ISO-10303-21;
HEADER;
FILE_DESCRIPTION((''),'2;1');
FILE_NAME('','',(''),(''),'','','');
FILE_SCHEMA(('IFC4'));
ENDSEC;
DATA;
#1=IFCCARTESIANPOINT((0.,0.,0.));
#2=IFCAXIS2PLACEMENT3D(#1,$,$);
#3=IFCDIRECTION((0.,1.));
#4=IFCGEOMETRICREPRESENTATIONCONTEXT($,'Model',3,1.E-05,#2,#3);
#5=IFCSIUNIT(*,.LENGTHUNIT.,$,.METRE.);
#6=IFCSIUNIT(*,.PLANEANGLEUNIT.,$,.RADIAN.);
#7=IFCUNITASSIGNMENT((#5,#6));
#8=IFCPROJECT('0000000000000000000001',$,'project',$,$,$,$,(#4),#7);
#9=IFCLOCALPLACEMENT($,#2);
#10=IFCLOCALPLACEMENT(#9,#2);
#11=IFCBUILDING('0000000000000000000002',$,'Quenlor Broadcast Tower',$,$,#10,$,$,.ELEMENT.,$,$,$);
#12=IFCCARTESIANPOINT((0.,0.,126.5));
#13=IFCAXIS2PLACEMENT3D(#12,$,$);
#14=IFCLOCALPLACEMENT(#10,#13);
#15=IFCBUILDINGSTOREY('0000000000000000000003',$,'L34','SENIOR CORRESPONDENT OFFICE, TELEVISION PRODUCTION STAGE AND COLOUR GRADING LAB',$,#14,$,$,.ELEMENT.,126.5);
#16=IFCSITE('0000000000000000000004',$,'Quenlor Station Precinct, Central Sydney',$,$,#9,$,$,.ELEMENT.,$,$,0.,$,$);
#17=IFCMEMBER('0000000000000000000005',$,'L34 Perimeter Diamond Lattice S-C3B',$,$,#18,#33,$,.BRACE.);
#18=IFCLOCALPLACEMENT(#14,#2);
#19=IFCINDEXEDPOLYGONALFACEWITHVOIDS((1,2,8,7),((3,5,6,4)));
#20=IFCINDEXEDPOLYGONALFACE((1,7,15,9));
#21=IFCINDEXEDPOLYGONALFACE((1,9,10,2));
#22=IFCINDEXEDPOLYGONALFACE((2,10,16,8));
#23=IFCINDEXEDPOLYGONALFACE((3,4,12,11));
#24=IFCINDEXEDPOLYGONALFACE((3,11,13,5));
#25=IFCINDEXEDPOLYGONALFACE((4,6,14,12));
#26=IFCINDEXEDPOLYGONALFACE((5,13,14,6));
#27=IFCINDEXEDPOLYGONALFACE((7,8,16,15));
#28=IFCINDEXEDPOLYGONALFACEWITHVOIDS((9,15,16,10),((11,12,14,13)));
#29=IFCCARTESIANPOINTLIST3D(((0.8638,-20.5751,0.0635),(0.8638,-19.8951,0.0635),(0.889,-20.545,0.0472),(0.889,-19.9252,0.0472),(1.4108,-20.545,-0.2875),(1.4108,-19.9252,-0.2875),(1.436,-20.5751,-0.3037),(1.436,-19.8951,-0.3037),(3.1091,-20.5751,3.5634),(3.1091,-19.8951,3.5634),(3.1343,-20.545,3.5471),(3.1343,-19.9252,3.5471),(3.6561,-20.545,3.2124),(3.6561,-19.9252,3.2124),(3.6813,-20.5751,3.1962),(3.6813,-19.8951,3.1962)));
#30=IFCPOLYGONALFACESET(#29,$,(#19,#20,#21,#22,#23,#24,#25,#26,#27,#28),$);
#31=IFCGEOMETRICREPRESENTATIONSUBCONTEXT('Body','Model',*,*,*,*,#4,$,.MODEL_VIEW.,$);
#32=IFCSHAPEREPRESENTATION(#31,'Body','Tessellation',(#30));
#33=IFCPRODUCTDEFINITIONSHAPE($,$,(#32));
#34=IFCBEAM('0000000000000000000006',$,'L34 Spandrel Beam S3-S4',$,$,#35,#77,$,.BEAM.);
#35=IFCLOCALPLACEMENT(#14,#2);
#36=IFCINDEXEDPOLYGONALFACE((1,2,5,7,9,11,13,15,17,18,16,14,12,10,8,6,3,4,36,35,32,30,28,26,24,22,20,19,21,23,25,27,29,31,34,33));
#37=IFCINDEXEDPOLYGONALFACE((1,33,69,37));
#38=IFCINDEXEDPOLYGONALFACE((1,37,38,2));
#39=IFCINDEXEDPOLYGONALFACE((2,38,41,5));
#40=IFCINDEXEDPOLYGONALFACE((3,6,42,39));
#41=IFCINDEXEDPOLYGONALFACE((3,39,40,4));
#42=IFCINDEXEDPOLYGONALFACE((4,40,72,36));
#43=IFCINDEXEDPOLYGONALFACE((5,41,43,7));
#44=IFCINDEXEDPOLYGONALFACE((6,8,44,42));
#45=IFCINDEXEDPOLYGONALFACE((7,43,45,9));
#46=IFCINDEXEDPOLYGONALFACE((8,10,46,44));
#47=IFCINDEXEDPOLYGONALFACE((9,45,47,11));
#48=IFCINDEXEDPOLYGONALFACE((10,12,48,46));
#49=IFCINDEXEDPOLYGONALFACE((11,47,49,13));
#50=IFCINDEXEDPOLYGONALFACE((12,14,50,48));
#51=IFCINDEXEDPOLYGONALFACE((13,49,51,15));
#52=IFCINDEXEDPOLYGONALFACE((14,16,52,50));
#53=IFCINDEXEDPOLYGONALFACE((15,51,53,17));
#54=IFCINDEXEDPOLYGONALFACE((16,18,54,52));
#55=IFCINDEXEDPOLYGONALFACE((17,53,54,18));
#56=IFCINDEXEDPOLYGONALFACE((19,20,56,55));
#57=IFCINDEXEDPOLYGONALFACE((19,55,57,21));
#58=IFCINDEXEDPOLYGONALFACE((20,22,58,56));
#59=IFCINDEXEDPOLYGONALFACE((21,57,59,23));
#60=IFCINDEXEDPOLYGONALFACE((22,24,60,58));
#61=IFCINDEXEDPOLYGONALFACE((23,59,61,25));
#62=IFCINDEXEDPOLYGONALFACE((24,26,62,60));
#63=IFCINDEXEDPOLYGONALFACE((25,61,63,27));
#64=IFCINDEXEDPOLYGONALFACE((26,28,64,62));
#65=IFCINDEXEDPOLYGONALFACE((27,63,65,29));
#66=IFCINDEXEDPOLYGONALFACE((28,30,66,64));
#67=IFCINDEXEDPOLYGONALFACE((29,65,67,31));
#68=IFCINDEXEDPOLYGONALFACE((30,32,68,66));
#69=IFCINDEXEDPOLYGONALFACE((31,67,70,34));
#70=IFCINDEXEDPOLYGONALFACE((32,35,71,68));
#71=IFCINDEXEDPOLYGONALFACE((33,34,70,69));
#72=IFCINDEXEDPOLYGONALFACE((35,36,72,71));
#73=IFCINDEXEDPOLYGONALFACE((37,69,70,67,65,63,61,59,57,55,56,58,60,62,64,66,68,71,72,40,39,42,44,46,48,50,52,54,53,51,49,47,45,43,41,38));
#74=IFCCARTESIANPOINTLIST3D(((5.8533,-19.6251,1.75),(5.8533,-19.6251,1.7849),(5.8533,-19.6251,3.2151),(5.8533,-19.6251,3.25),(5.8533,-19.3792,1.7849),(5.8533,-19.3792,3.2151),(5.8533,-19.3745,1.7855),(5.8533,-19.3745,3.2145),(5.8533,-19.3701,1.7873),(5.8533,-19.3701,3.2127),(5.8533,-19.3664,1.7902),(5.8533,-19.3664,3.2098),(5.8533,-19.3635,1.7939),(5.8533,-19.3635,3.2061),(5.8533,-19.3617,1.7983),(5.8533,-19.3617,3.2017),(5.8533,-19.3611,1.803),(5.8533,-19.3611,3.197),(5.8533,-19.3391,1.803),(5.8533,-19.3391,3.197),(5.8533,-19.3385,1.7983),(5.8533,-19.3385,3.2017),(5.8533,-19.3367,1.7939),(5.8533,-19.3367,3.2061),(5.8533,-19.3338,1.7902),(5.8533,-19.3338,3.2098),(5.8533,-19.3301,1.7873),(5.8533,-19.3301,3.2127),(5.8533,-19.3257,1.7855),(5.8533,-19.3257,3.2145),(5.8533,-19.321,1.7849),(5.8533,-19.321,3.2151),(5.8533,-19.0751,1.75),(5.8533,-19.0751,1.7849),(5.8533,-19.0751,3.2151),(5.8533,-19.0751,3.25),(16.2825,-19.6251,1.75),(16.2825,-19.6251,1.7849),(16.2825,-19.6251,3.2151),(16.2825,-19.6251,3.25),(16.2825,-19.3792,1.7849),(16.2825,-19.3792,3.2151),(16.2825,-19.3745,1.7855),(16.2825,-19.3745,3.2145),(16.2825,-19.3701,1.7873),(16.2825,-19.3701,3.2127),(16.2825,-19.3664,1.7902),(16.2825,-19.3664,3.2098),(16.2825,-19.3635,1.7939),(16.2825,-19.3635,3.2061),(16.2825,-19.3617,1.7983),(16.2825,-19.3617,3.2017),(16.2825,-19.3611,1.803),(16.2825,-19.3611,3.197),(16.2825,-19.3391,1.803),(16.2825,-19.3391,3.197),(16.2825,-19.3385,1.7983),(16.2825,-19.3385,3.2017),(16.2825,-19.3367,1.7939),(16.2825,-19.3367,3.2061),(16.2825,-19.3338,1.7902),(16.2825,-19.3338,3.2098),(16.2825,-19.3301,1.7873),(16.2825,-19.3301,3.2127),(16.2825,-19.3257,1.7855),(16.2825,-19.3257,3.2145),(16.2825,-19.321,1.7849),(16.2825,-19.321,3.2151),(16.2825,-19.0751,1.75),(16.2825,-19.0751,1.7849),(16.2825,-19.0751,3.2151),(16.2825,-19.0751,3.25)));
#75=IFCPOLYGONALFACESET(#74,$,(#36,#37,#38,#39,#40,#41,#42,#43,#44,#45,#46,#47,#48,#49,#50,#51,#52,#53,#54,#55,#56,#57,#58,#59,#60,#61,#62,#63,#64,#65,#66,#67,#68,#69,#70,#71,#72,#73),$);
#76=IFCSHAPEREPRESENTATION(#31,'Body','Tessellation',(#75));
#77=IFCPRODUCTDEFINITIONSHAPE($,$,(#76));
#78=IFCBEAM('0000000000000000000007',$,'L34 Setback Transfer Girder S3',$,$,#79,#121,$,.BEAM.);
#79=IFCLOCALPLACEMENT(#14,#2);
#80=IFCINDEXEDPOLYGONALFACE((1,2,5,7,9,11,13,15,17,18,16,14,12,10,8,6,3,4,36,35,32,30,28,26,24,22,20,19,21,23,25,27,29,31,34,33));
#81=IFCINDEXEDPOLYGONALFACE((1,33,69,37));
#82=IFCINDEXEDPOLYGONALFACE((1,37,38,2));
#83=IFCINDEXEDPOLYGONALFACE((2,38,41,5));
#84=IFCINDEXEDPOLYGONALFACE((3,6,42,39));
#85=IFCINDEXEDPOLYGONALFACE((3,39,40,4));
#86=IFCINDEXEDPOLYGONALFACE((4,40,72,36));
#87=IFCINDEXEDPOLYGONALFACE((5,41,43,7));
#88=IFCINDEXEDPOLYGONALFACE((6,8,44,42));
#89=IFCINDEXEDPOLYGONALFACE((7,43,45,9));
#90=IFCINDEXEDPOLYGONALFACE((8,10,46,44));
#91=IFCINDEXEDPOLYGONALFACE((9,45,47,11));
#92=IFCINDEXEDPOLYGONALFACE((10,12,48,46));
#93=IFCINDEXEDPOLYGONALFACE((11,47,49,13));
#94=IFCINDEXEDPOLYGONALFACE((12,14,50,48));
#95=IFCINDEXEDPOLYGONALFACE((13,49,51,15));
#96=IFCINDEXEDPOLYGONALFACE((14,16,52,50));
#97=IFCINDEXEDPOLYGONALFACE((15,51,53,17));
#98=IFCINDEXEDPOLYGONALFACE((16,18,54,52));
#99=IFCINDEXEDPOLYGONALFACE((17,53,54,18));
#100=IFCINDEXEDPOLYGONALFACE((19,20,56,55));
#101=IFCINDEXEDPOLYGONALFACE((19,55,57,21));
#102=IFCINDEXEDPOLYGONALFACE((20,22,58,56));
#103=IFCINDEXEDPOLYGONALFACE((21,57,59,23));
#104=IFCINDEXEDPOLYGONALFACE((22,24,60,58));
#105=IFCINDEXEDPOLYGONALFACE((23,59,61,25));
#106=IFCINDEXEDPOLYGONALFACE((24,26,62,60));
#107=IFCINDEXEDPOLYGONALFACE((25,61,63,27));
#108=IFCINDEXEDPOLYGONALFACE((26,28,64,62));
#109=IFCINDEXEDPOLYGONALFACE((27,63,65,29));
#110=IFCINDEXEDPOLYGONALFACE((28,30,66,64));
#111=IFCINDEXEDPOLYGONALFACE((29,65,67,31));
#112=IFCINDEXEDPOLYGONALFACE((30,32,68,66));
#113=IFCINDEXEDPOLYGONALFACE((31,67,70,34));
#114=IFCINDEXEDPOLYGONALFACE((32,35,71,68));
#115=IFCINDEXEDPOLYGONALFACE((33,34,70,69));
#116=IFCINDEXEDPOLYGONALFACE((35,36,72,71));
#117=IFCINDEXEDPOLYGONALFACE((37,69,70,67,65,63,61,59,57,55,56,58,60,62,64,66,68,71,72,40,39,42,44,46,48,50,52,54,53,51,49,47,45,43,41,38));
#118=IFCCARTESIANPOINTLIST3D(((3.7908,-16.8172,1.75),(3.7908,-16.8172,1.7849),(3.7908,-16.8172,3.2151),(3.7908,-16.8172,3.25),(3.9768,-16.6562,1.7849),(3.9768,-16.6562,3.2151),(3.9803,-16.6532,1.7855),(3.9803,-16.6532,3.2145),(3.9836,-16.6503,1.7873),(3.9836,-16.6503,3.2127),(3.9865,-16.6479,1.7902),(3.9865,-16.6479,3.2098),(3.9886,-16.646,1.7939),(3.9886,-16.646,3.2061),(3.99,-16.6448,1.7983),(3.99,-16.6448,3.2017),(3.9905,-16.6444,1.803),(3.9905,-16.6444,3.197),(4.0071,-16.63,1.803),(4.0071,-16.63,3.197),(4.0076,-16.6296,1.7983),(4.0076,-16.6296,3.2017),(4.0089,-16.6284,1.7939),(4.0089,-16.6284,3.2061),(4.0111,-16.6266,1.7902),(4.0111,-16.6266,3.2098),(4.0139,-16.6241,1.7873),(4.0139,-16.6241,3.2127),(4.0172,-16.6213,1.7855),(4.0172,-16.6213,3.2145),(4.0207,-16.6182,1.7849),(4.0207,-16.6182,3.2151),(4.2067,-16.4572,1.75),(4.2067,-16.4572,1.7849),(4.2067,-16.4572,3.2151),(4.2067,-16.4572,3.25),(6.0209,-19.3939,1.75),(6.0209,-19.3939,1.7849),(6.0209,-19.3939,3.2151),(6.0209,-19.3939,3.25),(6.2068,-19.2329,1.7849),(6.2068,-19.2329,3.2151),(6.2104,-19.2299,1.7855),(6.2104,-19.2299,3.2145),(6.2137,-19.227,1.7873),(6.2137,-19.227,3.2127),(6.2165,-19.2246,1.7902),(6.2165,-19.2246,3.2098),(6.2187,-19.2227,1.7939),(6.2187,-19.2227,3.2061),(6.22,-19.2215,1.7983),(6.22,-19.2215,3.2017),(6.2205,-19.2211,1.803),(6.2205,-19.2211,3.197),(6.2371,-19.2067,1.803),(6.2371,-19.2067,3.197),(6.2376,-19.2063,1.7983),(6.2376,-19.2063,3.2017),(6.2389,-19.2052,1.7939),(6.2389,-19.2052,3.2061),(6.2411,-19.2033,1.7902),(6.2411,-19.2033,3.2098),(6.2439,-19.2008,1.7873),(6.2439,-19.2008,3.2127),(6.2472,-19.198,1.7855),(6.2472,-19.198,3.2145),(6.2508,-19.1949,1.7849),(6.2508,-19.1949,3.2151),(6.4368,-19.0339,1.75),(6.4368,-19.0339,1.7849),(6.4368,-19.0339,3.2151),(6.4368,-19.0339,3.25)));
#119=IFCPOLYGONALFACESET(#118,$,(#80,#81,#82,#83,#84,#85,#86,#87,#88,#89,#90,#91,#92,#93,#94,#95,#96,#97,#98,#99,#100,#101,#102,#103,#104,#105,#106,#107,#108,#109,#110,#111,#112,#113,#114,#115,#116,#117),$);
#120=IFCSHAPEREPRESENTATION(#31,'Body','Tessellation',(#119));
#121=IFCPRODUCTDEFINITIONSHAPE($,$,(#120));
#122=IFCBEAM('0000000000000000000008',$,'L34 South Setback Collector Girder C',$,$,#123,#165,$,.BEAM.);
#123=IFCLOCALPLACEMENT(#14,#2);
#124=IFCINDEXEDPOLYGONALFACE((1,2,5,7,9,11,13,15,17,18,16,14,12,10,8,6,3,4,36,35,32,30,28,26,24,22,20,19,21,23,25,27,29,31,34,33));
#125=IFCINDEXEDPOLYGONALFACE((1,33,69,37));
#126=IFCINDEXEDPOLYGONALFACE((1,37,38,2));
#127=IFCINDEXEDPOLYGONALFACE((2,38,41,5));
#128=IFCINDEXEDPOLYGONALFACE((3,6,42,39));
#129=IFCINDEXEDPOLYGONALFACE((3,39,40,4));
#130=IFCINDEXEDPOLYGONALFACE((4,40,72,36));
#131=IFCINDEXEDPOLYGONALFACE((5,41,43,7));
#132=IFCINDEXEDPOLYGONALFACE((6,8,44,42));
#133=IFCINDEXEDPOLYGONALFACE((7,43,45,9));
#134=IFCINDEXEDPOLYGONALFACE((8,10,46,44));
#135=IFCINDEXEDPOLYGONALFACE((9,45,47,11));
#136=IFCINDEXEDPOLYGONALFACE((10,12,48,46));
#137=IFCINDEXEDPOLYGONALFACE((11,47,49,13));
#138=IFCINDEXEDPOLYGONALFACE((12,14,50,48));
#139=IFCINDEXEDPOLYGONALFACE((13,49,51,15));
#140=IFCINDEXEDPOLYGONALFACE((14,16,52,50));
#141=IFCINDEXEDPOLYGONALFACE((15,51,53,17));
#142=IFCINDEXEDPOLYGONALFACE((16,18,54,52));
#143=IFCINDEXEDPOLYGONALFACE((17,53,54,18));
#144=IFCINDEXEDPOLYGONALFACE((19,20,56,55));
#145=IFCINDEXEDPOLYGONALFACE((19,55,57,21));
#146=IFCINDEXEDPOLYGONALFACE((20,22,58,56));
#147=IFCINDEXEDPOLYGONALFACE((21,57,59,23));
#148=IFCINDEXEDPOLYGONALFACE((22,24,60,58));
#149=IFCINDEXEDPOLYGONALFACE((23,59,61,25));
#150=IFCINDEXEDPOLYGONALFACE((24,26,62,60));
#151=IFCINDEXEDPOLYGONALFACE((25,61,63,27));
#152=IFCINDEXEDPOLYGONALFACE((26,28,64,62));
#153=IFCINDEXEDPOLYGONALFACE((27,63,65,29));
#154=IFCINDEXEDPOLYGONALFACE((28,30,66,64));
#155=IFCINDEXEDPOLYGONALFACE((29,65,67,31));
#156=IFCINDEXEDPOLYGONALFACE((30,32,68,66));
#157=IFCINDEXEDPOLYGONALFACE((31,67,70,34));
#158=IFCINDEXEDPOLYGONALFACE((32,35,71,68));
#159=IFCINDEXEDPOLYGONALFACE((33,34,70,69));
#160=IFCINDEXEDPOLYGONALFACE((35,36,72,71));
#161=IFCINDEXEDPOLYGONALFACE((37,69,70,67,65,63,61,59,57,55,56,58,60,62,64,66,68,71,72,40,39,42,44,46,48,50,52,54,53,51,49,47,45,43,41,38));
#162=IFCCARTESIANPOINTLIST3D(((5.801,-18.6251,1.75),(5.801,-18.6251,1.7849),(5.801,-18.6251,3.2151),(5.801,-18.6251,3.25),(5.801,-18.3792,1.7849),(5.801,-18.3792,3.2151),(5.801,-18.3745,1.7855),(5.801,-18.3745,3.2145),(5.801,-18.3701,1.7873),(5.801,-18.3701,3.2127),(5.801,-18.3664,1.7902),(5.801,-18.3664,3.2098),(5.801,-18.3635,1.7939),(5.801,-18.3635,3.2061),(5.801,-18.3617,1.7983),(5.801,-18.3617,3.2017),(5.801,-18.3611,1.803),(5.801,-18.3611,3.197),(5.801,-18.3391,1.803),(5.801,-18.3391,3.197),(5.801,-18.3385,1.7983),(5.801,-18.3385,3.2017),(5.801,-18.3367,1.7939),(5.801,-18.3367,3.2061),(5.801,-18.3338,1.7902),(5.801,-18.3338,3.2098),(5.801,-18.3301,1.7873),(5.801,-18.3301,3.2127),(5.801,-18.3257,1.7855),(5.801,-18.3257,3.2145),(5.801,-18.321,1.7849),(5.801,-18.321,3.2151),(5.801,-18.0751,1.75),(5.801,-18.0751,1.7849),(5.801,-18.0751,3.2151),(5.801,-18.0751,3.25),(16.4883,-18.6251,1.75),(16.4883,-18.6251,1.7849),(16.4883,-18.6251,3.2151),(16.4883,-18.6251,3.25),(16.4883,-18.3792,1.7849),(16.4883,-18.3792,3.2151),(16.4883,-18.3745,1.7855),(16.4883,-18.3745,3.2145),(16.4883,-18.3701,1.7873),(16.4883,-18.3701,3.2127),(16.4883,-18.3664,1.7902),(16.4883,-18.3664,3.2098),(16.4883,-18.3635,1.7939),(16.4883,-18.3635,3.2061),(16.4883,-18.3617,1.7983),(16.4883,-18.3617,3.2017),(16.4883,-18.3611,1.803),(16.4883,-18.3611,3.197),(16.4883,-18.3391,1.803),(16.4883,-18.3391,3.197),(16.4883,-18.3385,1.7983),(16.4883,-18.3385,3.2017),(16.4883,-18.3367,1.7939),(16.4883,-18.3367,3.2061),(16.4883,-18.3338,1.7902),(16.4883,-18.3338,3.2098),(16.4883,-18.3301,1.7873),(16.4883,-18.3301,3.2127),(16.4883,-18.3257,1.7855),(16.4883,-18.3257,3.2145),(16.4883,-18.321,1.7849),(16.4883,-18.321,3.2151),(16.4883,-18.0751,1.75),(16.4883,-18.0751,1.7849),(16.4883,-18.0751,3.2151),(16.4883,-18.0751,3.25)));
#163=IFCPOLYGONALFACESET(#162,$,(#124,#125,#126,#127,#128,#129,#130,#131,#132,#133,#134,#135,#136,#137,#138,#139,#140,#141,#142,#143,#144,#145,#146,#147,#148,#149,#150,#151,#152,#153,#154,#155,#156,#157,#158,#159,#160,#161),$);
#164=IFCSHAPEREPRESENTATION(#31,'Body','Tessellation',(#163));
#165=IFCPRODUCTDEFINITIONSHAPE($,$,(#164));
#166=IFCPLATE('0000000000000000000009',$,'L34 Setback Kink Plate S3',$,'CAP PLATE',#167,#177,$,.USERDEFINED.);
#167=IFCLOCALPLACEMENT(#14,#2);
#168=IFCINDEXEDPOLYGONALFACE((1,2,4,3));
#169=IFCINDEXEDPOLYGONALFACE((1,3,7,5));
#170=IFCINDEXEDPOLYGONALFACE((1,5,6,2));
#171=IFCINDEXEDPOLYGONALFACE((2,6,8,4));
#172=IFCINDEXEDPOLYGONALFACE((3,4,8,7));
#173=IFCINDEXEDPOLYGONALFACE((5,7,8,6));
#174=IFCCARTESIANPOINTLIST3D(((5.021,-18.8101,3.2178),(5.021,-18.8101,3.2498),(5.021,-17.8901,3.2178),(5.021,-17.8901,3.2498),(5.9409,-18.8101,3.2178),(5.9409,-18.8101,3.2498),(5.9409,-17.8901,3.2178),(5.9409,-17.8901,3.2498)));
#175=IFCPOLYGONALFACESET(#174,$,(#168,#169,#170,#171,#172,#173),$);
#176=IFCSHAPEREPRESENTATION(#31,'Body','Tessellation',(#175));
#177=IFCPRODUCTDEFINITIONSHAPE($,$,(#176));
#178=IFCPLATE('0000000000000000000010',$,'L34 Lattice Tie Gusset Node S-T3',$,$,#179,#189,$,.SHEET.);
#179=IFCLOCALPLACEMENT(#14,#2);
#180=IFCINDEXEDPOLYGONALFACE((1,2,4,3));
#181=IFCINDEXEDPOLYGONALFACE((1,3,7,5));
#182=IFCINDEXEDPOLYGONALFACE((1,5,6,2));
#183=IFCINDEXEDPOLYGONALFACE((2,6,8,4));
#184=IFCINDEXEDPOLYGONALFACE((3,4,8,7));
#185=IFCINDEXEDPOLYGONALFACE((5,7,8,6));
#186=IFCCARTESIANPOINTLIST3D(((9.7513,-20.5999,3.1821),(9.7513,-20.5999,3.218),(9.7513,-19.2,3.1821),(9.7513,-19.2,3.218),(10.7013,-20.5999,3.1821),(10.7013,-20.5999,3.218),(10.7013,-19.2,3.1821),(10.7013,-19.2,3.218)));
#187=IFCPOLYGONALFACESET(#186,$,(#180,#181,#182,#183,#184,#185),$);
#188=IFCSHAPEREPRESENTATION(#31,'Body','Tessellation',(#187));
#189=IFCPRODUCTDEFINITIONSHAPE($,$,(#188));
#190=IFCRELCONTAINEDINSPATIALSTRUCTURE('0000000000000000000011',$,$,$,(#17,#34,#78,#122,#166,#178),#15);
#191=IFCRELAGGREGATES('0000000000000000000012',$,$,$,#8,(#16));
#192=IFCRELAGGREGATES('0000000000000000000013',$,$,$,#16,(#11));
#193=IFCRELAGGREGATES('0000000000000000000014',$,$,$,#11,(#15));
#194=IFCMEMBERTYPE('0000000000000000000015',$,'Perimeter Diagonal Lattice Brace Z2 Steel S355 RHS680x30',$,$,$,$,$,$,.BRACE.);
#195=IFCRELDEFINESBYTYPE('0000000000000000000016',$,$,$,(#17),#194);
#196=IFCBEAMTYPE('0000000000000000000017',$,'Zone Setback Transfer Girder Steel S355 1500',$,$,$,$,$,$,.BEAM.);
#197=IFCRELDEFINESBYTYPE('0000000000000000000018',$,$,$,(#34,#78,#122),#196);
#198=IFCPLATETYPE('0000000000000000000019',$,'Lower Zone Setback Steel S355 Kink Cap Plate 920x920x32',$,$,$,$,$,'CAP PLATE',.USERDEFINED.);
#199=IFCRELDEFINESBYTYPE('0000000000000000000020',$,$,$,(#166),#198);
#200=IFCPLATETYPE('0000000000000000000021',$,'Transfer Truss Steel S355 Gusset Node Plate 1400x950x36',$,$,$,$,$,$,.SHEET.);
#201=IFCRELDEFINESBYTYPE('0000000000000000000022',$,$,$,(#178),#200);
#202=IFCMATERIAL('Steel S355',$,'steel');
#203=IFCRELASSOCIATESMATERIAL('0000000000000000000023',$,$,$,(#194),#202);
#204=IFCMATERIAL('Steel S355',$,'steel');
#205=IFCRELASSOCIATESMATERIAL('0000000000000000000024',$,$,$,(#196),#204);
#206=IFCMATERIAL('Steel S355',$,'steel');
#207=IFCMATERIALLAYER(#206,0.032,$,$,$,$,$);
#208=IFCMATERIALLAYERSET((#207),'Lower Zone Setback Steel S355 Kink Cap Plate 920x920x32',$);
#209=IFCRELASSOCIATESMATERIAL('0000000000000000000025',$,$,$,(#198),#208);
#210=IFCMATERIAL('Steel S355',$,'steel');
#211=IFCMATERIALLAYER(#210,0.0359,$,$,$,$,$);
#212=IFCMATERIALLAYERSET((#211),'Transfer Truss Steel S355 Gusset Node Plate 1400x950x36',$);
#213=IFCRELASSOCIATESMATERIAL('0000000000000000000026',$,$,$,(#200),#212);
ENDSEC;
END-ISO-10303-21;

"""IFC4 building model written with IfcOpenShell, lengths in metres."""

from ifc_helpers import new_model, si_unit, direction, frame, origin, origin_2d, place, context, subcontext, project, spatial, rectangle, hollow_rectangle, i_section, extrude, material, layer, layer_set, material_profile, profile_set, type_object, element, save


model = new_model("IFC4")

# Units and contexts
model_context = context("Model", 3, precision=1e-05, world=origin(), true_north=direction((0.0, 1.0)))
body_context = subcontext(model_context, "Body", "Model", "MODEL_VIEW")
ifc_project = project(units=[si_unit("LENGTHUNIT", "METRE"), si_unit("PLANEANGLEUNIT", "RADIAN")], contexts=[model_context])

# Site, building, storey
site_placement = place(None, origin())
site = spatial("IfcSite", under=ifc_project, at=site_placement, Name="Quenlor Station Precinct, Central Sydney", CompositionType="ELEMENT", RefElevation=0.0)
building_placement = place(site_placement, origin())
building = spatial("IfcBuilding", under=site, at=building_placement, Name="Quenlor Broadcast Tower", CompositionType="ELEMENT")
storey_placement = place(building_placement, frame((0.0, 0.0, 126.5)))
storey = spatial("IfcBuildingStorey", under=building, at=storey_placement, Name="L34", Description="SENIOR CORRESPONDENT OFFICE, TELEVISION PRODUCTION STAGE AND COLOUR GRADING LAB", CompositionType="ELEMENT", Elevation=126.5)

# Member
ifc_material_1 = material(Name="Steel S355", Category="steel")
ifc_material_profile_1 = material_profile(ifc_material_1, hollow_rectangle(XDim=0.6799, YDim=0.6799, WallThickness=0.03, at=origin_2d()))
ifc_profile_set_1 = profile_set([ifc_material_profile_1], Name="Steel S355 RHS680x680x30")
member_type_1 = type_object("IfcMemberType", Name="Perimeter Diagonal Lattice Brace Z2 Steel S355 RHS680x30", PredefinedType="BRACE", material=ifc_profile_set_1)
for number, where, z_axis, x_axis, name in (
    (1, (1.1499, -20.2351, -0.1201), (0.539968, 0.0, 0.841686), (0.0, 1.0, 0.0), "L34 Perimeter Diamond Lattice S-C3B"),
):
    element("IfcMember", number, at=place(storey_placement, frame(where, z_axis=z_axis, x_axis=x_axis)), inside=storey, type_object=member_type_1, Name=name, PredefinedType="BRACE", context=body_context, shape_type="SweptSolid", body=[
        extrude(hollow_rectangle(XDim=0.6799, YDim=0.6799, WallThickness=0.03, at=origin_2d()), origin(), (0.0, 0.0, 1.0), 4.1582),
    ])

# Beams
ifc_material_2 = material(Name="Steel S355", Category="steel")
ifc_material_profile_2 = material_profile(ifc_material_2, i_section(OverallWidth=0.55, OverallDepth=1.5, WebThickness=0.022, FlangeThickness=0.0349, FilletRadius=0.0181, at=origin_2d()))
ifc_profile_set_2 = profile_set([ifc_material_profile_2], Name="Steel S355 1500TG510")
beam_type_1 = type_object("IfcBeamType", Name="Zone Setback Transfer Girder Steel S355 1500", PredefinedType="BEAM", material=ifc_profile_set_2)
beam_1_placement = place(storey_placement, frame((5.8533, -19.3501, 2.5), z_axis=(1.0, 0.0, 0.0), x_axis=(0.0, 1.0, 0.0)))
element("IfcBeam", 2, at=beam_1_placement, inside=storey, type_object=beam_type_1, Name="L34 Spandrel Beam S3-S4", PredefinedType="BEAM", context=body_context, shape_type="SweptSolid", body=[
    extrude(i_section(OverallWidth=0.55, OverallDepth=1.5, WebThickness=0.022, FlangeThickness=0.0349, FilletRadius=0.0181, at=origin_2d()), origin(), (0.0, 0.0, 1.0), 10.4292),
])
beam_2_placement = place(storey_placement, frame((3.9988, -16.6372, 2.5), z_axis=(0.654407, -0.756143, 0.0), x_axis=(0.756143, 0.654407, 0.0)))
element("IfcBeam", 3, at=beam_2_placement, inside=storey, type_object=beam_type_1, Name="L34 Setback Transfer Girder S3", PredefinedType="BEAM", context=body_context, shape_type="SweptSolid", body=[
    extrude(i_section(OverallWidth=0.55, OverallDepth=1.5, WebThickness=0.022, FlangeThickness=0.0349, FilletRadius=0.0181, at=origin_2d()), origin(), (0.0, 0.0, 1.0), 3.4077),
])
beam_3_placement = place(storey_placement, frame((5.801, -18.3501, 2.5), z_axis=(1.0, 0.0, 0.0), x_axis=(0.0, 1.0, 0.0)))
element("IfcBeam", 4, at=beam_3_placement, inside=storey, type_object=beam_type_1, Name="L34 South Setback Collector Girder C", PredefinedType="BEAM", context=body_context, shape_type="SweptSolid", body=[
    extrude(i_section(OverallWidth=0.55, OverallDepth=1.5, WebThickness=0.022, FlangeThickness=0.0349, FilletRadius=0.0181, at=origin_2d()), origin(), (0.0, 0.0, 1.0), 10.6873),
])

# Plates
ifc_material_3 = material(Name="Steel S355", Category="steel")
ifc_layer_1 = layer(ifc_material_3, 0.032)
ifc_layer_set_1 = layer_set([ifc_layer_1], Name="Lower Zone Setback Steel S355 Kink Cap Plate 920x920x32")
plate_type_1 = type_object("IfcPlateType", Name="Lower Zone Setback Steel S355 Kink Cap Plate 920x920x32", ElementType="CAP PLATE", PredefinedType="USERDEFINED", material=ifc_layer_set_1)
plate_placement = place(storey_placement, frame((5.481, -18.3501, 3.2178), z_axis=(0.0, 0.0, 1.0), x_axis=(0.0, 1.0, 0.0)))
element("IfcPlate", 5, at=plate_placement, inside=storey, type_object=plate_type_1, Name="L34 Setback Kink Plate S3", ObjectType="CAP PLATE", PredefinedType="USERDEFINED", context=body_context, shape_type="SweptSolid", body=[
    extrude(rectangle(XDim=0.9199, YDim=0.9199, at=origin_2d()), origin(), (0.0, 0.0, 1.0), 0.032),
])
ifc_material_4 = material(Name="Steel S355", Category="steel")
ifc_layer_2 = layer(ifc_material_4, 0.0359)
ifc_layer_set_2 = layer_set([ifc_layer_2], Name="Transfer Truss Steel S355 Gusset Node Plate 1400x950x36")
plate_type_2 = type_object("IfcPlateType", Name="Transfer Truss Steel S355 Gusset Node Plate 1400x950x36", PredefinedType="SHEET", material=ifc_layer_set_2)
for number, where, z_axis, x_axis, name in (
    (6, (10.2263, -19.8999, 3.1821), (0.0, 0.0, 1.0), (0.0, -1.0, 0.0), "L34 Lattice Tie Gusset Node S-T3"),
):
    element("IfcPlate", number, at=place(storey_placement, frame(where, z_axis=z_axis, x_axis=x_axis)), inside=storey, type_object=plate_type_2, Name=name, PredefinedType="SHEET", context=body_context, shape_type="SweptSolid", body=[
        extrude(rectangle(XDim=1.3999, YDim=0.95, at=origin_2d()), origin(), (0.0, 0.0, 1.0), 0.0359),
    ])

save(model, "model.ifc")
